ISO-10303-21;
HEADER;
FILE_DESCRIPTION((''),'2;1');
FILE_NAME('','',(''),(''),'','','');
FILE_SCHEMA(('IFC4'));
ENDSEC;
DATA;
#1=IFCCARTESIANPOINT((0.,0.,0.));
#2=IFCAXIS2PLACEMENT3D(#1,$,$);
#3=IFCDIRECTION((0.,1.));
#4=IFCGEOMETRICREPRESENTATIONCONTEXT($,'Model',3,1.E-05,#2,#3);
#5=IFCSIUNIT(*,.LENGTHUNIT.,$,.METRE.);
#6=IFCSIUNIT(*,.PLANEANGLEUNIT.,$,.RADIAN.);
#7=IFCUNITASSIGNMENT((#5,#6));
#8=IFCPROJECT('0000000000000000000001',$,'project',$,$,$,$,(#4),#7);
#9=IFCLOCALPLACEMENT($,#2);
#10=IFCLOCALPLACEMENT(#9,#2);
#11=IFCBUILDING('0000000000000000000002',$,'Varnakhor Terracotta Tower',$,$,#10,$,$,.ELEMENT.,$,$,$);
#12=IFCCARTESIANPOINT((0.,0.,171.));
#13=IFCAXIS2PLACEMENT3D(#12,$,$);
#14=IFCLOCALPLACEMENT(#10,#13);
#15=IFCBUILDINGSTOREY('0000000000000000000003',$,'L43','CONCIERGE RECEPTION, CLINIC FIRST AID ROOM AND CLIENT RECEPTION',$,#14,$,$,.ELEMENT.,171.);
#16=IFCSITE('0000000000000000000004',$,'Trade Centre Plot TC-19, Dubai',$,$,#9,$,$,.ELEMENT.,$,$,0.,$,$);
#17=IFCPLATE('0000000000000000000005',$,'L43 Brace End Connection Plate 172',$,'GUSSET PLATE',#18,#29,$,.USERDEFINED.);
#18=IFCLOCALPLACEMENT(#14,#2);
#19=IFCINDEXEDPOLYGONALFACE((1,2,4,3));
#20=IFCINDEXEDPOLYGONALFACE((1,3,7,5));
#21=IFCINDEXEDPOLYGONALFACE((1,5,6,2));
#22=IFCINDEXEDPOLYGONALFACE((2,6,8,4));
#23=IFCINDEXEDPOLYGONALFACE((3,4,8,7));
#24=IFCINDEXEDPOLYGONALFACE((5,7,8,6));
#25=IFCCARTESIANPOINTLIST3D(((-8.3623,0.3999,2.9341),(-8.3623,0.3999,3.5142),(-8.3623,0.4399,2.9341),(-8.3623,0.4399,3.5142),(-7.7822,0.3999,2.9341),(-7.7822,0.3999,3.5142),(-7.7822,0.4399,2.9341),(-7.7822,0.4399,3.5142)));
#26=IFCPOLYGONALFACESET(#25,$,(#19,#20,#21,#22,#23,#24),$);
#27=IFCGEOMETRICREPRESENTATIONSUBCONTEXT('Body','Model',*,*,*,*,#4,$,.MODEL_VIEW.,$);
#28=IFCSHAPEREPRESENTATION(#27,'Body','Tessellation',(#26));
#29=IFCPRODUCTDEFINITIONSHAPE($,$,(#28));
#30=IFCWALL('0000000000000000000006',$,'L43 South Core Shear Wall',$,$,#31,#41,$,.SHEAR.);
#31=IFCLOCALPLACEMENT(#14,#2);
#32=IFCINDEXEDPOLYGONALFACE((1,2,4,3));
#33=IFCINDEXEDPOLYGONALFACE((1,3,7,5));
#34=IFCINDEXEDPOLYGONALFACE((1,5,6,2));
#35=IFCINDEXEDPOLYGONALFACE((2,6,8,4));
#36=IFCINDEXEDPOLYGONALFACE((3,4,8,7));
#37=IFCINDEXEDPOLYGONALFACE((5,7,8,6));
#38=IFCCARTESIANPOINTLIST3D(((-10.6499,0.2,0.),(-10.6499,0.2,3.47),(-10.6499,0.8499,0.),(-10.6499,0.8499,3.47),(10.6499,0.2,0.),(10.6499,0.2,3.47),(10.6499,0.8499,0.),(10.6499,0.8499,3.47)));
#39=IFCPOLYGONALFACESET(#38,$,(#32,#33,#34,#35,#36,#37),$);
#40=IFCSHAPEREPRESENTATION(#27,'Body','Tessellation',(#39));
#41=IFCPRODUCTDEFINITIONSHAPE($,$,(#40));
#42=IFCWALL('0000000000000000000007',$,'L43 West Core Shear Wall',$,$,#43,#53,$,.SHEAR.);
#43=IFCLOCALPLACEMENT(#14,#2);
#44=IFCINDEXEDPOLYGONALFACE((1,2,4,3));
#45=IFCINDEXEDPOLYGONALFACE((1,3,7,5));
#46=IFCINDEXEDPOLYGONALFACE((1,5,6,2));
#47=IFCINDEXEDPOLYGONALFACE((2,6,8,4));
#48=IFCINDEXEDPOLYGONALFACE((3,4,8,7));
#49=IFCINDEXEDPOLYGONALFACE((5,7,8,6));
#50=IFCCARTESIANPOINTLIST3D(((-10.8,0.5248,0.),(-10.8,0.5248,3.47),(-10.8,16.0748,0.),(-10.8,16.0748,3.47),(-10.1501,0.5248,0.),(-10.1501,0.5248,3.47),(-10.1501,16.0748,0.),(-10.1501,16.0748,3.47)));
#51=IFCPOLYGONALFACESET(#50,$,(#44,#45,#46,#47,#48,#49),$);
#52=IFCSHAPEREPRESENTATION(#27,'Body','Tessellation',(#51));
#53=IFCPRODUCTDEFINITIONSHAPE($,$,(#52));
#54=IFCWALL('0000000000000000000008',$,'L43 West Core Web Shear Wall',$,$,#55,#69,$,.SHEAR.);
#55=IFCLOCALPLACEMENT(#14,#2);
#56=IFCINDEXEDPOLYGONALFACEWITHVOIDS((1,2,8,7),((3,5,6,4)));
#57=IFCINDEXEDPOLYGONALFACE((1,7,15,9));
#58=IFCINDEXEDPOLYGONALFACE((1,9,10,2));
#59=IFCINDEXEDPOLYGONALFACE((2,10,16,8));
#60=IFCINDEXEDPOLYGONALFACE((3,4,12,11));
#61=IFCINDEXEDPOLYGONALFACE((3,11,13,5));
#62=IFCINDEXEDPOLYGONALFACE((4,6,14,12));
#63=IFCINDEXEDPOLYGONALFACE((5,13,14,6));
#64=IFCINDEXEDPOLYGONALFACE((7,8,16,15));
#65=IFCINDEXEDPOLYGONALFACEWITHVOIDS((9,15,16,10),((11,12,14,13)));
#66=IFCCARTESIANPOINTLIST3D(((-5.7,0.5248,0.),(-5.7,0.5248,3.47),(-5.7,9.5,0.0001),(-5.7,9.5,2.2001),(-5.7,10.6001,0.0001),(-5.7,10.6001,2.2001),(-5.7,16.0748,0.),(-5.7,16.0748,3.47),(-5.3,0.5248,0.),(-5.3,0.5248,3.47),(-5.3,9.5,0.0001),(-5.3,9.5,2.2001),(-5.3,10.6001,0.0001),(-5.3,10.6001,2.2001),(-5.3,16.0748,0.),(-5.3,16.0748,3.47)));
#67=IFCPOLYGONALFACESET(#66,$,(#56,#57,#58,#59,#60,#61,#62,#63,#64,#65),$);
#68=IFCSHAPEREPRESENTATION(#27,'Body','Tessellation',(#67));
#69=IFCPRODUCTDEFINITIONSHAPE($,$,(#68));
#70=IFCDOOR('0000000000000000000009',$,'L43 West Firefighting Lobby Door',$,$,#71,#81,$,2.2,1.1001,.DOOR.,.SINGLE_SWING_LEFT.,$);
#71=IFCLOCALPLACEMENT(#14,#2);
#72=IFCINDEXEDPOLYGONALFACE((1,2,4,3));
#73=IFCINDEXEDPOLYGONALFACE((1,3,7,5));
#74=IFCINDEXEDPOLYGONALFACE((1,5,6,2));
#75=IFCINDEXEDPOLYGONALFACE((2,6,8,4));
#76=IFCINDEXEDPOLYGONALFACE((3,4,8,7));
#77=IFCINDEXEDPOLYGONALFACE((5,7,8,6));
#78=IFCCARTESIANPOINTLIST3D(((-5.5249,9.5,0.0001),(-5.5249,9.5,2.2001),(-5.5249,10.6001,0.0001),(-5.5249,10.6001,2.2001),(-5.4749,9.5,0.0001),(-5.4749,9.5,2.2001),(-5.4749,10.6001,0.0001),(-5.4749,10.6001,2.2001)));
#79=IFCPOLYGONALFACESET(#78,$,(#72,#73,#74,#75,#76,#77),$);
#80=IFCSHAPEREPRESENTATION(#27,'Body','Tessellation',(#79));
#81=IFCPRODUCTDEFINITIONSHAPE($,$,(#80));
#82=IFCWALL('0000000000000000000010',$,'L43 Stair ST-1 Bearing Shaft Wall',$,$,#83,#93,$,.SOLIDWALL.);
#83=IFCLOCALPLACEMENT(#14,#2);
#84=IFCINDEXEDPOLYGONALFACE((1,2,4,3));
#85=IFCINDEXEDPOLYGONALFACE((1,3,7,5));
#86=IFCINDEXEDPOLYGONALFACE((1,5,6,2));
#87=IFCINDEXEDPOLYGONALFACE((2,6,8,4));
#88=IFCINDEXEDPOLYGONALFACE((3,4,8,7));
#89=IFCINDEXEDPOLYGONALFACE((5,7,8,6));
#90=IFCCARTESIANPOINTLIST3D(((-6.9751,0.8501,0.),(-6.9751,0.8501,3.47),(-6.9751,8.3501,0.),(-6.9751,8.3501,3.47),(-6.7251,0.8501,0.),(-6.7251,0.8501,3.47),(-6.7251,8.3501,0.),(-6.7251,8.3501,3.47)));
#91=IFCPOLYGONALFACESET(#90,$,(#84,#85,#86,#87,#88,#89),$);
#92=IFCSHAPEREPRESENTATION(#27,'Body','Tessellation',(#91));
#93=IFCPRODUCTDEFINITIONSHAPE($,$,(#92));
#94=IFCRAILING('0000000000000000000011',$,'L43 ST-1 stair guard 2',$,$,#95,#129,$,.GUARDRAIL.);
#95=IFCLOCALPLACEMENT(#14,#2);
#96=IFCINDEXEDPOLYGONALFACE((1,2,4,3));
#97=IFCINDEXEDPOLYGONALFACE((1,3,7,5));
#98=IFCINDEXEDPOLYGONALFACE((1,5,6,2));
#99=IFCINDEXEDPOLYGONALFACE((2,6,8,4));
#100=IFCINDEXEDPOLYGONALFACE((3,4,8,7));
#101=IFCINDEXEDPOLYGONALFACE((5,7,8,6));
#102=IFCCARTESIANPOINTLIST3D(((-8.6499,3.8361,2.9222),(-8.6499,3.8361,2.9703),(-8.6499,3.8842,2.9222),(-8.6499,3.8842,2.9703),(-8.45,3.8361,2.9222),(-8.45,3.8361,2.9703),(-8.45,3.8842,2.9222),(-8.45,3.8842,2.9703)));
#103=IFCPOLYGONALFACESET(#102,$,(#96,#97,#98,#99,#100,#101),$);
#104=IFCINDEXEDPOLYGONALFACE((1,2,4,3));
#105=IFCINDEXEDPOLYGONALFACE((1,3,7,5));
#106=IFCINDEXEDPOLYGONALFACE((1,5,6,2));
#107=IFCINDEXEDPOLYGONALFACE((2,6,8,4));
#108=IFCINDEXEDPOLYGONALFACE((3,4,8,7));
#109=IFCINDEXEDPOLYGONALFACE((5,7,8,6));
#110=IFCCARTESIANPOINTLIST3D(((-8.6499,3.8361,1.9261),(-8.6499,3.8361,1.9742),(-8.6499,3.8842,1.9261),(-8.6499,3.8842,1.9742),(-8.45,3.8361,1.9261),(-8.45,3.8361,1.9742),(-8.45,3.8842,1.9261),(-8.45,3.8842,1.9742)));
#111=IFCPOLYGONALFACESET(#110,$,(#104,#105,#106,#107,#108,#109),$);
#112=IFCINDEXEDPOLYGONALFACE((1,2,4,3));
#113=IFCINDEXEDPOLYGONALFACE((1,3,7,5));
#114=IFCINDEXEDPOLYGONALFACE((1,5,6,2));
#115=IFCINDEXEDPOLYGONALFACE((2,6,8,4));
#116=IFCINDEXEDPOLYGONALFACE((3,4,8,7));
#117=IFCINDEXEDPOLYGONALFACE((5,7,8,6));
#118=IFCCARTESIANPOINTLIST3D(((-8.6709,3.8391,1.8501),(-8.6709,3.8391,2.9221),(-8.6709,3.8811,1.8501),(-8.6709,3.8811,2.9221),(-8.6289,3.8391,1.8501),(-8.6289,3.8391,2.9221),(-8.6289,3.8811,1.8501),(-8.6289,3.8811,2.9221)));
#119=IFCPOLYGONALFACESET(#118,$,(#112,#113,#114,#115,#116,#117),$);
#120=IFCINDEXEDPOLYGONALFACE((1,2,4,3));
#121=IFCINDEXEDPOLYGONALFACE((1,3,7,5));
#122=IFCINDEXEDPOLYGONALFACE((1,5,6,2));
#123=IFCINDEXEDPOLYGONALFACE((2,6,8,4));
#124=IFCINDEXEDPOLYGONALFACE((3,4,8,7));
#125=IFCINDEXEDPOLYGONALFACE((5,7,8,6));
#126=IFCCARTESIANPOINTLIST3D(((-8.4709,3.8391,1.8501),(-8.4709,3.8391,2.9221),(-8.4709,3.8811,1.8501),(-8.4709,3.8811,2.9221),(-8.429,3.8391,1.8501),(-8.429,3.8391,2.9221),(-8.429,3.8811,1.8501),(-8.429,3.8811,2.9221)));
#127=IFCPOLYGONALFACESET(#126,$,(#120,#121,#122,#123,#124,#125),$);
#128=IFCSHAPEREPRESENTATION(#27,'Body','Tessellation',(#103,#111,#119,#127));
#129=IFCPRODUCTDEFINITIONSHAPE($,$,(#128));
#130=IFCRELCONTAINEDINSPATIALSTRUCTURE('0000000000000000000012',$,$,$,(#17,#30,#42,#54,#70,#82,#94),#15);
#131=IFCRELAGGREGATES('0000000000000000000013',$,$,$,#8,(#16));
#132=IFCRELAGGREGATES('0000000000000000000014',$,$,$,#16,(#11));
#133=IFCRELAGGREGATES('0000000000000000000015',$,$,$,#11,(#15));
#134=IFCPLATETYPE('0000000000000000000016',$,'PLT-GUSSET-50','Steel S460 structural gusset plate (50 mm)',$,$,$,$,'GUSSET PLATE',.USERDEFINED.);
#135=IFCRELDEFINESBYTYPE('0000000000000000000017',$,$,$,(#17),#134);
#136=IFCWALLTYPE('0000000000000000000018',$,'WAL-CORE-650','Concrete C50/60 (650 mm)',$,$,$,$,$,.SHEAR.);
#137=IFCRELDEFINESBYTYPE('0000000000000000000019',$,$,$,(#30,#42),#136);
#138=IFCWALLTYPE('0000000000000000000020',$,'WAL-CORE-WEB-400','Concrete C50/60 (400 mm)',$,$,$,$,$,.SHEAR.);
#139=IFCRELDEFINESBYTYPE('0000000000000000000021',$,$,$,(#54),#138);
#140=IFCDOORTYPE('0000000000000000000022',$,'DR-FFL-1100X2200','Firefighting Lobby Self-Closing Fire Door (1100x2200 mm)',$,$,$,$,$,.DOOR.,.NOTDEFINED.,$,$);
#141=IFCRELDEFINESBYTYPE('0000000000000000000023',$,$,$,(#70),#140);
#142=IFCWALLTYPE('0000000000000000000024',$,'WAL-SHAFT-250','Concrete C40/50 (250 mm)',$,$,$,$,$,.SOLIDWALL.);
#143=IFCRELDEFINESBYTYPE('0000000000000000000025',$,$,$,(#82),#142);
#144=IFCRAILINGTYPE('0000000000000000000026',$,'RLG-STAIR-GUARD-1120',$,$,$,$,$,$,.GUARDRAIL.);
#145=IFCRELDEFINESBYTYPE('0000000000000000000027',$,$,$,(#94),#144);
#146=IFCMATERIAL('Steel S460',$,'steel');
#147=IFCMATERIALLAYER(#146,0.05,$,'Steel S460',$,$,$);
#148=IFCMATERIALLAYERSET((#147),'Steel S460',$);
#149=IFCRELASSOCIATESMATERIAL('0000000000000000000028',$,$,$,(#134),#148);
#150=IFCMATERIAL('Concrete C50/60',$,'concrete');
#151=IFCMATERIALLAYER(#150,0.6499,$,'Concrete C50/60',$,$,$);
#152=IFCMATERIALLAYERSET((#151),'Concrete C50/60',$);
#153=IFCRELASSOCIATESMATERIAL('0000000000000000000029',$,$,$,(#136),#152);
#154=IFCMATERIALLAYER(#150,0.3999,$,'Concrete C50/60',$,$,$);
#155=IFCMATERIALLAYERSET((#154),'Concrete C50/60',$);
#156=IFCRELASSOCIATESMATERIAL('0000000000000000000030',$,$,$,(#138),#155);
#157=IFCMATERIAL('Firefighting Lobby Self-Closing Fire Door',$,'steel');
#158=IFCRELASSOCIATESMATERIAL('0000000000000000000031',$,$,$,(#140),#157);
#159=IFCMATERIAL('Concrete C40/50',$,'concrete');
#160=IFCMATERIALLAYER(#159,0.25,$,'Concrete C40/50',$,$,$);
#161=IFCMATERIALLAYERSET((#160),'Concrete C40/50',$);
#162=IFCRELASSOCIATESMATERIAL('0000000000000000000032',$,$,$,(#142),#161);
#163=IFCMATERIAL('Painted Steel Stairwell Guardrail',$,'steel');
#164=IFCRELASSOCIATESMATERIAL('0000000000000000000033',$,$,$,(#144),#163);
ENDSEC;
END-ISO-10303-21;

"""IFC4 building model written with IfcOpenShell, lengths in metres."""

from ifc_helpers import new_model, si_unit, direction, frame, frame_2d, origin, origin_2d, place, context, subcontext, project, spatial, rectangle, extrude, source, transform, mapped, material, layer, layer_set, type_object, type_shapes, element, fill, save


model = new_model("IFC4")

# Units and contexts
model_context = context("Model", 3, precision=1e-05, world=origin(), true_north=direction((0.0, 1.0)))
body_context = subcontext(model_context, "Body", "Model", "MODEL_VIEW")
ifc_project = project(units=[si_unit("LENGTHUNIT", "METRE"), si_unit("PLANEANGLEUNIT", "RADIAN")], contexts=[model_context])

# Site, building, storey
site_placement = place(None, origin())
site = spatial("IfcSite", under=ifc_project, at=site_placement, Name="Trade Centre Plot TC-19, Dubai", CompositionType="ELEMENT", RefElevation=0.0)
building_placement = place(site_placement, origin())
building = spatial("IfcBuilding", under=site, at=building_placement, Name="Varnakhor Terracotta Tower", CompositionType="ELEMENT")
storey_placement = place(building_placement, frame((0.0, 0.0, 171.0)))
storey = spatial("IfcBuildingStorey", under=building, at=storey_placement, Name="L43", Description="CONCIERGE RECEPTION, CLINIC FIRST AID ROOM AND CLIENT RECEPTION", CompositionType="ELEMENT", Elevation=171.0)

# Shared definitions
ifc_material_1 = material(Name="Concrete C50/60", Category="concrete")

# Shared definitions
ifc_material_2 = material(Name="Steel S460", Category="steel")

# Plate
ifc_layer_1 = layer(ifc_material_2, 0.05, Name="Steel S460")
ifc_layer_set_1 = layer_set([ifc_layer_1], Name="Steel S460")
plate_type = type_object("IfcPlateType", Name="PLT-GUSSET-50", Description="Steel S460 structural gusset plate (50 mm)", ElementType="GUSSET PLATE", PredefinedType="USERDEFINED", material=ifc_layer_set_1)
shared_shape_1 = source(origin(), body_context, "Body", "SweptSolid", [
    extrude(rectangle(XDim=0.5801, YDim=0.04, at=origin_2d()), origin(), (0.0, 0.0, 1.0), 0.5801),
])
plate_placement = place(storey_placement, frame((-8.0723, 0.4199, 2.9341), z_axis=(0.0, 0.0, 1.0), x_axis=(1.0, 0.0, 0.0)))
element("IfcPlate", 1, at=plate_placement, inside=storey, type_object=plate_type, Name="L43 Brace End Connection Plate 172", ObjectType="GUSSET PLATE", PredefinedType="USERDEFINED", context=body_context, shape_type="MappedRepresentation", body=[
    mapped(shared_shape_1, transform((0.0, 0.0, 0.0), scale=1.0)),
])

# Walls
ifc_layer_2 = layer(ifc_material_1, 0.6499, Name="Concrete C50/60")
ifc_layer_set_2 = layer_set([ifc_layer_2], Name="Concrete C50/60")
wall_type_1 = type_object("IfcWallType", Name="WAL-CORE-650", Description="Concrete C50/60 (650 mm)", PredefinedType="SHEAR", material=ifc_layer_set_2)
wall_1_placement = place(storey_placement, frame((-10.6499, 0.5249, 0.0), z_axis=(0.0, 0.0, 1.0), x_axis=(1.0, 0.0, 0.0)))
element("IfcWall", 2, at=wall_1_placement, inside=storey, type_object=wall_type_1, Name="L43 South Core Shear Wall", PredefinedType="SHEAR", context=body_context, shape_type="SweptSolid", body=[
    extrude(rectangle(XDim=21.2998, YDim=0.6499, at=frame_2d((10.6499, 0.0))), origin(), (0.0, 0.0, 1.0), 3.47),
])
wall_2_placement = place(storey_placement, frame((-10.4751, 0.5249, 0.0), z_axis=(0.0, 0.0, 1.0), x_axis=(0.0, 1.0, 0.0)))
element("IfcWall", 3, at=wall_2_placement, inside=storey, type_object=wall_type_1, Name="L43 West Core Shear Wall", PredefinedType="SHEAR", context=body_context, shape_type="SweptSolid", body=[
    extrude(rectangle(XDim=15.55, YDim=0.6499, at=frame_2d((7.7749, 0.0))), origin(), (0.0, 0.0, 1.0), 3.47),
])

# Wall, opening, door
ifc_layer_3 = layer(ifc_material_1, 0.3999, Name="Concrete C50/60")
ifc_layer_set_3 = layer_set([ifc_layer_3], Name="Concrete C50/60")
wall_type_2 = type_object("IfcWallType", Name="WAL-CORE-WEB-400", Description="Concrete C50/60 (400 mm)", PredefinedType="SHEAR", material=ifc_layer_set_3)
wall_3_placement = place(storey_placement, frame((-5.5, 0.5249, 0.0), z_axis=(0.0, 0.0, 1.0), x_axis=(0.0, 1.0, 0.0)))
wall_3 = element("IfcWall", 4, at=wall_3_placement, inside=storey, type_object=wall_type_2, Name="L43 West Core Web Shear Wall", PredefinedType="SHEAR", context=body_context, shape_type="SweptSolid", body=[
    extrude(rectangle(XDim=15.55, YDim=0.3999, at=frame_2d((7.7749, 0.0))), origin(), (0.0, 0.0, 1.0), 3.47),
])
opening_placement = place(wall_3_placement, frame((8.9751, 0.0, 0.0)))
opening = element("IfcOpeningElement", 5, at=opening_placement, cuts=wall_3, PredefinedType="OPENING", context=body_context, shape_type="SweptSolid", body=[
    extrude(rectangle(XDim=1.1001, YDim=2.2, at=frame_2d((0.55, 1.1001))), frame((0.0, 0.21, 0.0), z_axis=(0.0, -1.0, 0.0), x_axis=(1.0, 0.0, 0.0)), (0.0, 0.0, 1.0), 0.4199),
])
ifc_material_3 = material(Name="Firefighting Lobby Self-Closing Fire Door", Category="steel")
door_type = type_object("IfcDoorType", Name="DR-FFL-1100X2200", Description="Firefighting Lobby Self-Closing Fire Door (1100x2200 mm)", OperationType="NOTDEFINED", PredefinedType="DOOR", material=ifc_material_3)
shared_shape_2 = source(origin(), body_context, "Body", "SweptSolid", [
    extrude(rectangle(XDim=1.1001, YDim=2.2, at=frame_2d((0.55, 1.1001))), frame((0.0, 0.0249, 0.0), z_axis=(0.0, -1.0, 0.0), x_axis=(1.0, 0.0, 0.0)), (0.0, 0.0, 1.0), 0.05),
])
type_shapes(door_type, [shared_shape_2])
door_placement = place(opening_placement, origin())
door = element("IfcDoor", 6, at=door_placement, inside=storey, type_object=door_type, Name="L43 West Firefighting Lobby Door", OperationType="SINGLE_SWING_LEFT", OverallHeight=2.2, OverallWidth=1.1001, PredefinedType="DOOR", context=body_context, shape_type="MappedRepresentation", body=[
    mapped(shared_shape_2, transform((0.0, 0.0, 0.0), scale=1.0)),
])
fill(opening, door)

# Wall
ifc_material_4 = material(Name="Concrete C40/50", Category="concrete")
ifc_layer_4 = layer(ifc_material_4, 0.25, Name="Concrete C40/50")
ifc_layer_set_4 = layer_set([ifc_layer_4], Name="Concrete C40/50")
wall_type_3 = type_object("IfcWallType", Name="WAL-SHAFT-250", Description="Concrete C40/50 (250 mm)", PredefinedType="SOLIDWALL", material=ifc_layer_set_4)
wall_4_placement = place(storey_placement, frame((-6.8501, 0.8501, 0.0), z_axis=(0.0, 0.0, 1.0), x_axis=(0.0, 1.0, 0.0)))
element("IfcWall", 7, at=wall_4_placement, inside=storey, type_object=wall_type_3, Name="L43 Stair ST-1 Bearing Shaft Wall", PredefinedType="SOLIDWALL", context=body_context, shape_type="SweptSolid", body=[
    extrude(rectangle(XDim=7.5, YDim=0.25, at=frame_2d((3.75, 0.0))), origin(), (0.0, 0.0, 1.0), 3.47),
])

# Railing
ifc_material_5 = material(Name="Painted Steel Stairwell Guardrail", Category="steel")
railing_type = type_object("IfcRailingType", Name="RLG-STAIR-GUARD-1120", PredefinedType="GUARDRAIL", material=ifc_material_5)
railing_placement = place(storey_placement, frame((-8.6499, 3.8601, 1.8501)))
element("IfcRailing", 8, at=railing_placement, inside=storey, type_object=railing_type, Name="L43 ST-1 stair guard 2", PredefinedType="GUARDRAIL", context=body_context, shape_type="SweptSolid", body=[
    extrude(rectangle(XDim=0.0481, YDim=0.0481, at=origin_2d()), frame((0.0, 0.0, 1.0962), z_axis=(1.0, 0.0, 0.0), x_axis=(0.0, 1.0, 0.0)), (0.0, 0.0, 1.0), 0.2),
    extrude(rectangle(XDim=0.0481, YDim=0.0481, at=origin_2d()), frame((0.0, 0.0, 0.1001), z_axis=(1.0, 0.0, 0.0), x_axis=(0.0, 1.0, 0.0)), (0.0, 0.0, 1.0), 0.2),
    extrude(rectangle(XDim=0.042, YDim=0.042, at=origin_2d()), origin(), (0.0, 0.0, 1.0), 1.072),
    extrude(rectangle(XDim=0.042, YDim=0.042, at=origin_2d()), frame((0.2, 0.0, 0.0)), (0.0, 0.0, 1.0), 1.072),
])

save(model, "model.ifc")
